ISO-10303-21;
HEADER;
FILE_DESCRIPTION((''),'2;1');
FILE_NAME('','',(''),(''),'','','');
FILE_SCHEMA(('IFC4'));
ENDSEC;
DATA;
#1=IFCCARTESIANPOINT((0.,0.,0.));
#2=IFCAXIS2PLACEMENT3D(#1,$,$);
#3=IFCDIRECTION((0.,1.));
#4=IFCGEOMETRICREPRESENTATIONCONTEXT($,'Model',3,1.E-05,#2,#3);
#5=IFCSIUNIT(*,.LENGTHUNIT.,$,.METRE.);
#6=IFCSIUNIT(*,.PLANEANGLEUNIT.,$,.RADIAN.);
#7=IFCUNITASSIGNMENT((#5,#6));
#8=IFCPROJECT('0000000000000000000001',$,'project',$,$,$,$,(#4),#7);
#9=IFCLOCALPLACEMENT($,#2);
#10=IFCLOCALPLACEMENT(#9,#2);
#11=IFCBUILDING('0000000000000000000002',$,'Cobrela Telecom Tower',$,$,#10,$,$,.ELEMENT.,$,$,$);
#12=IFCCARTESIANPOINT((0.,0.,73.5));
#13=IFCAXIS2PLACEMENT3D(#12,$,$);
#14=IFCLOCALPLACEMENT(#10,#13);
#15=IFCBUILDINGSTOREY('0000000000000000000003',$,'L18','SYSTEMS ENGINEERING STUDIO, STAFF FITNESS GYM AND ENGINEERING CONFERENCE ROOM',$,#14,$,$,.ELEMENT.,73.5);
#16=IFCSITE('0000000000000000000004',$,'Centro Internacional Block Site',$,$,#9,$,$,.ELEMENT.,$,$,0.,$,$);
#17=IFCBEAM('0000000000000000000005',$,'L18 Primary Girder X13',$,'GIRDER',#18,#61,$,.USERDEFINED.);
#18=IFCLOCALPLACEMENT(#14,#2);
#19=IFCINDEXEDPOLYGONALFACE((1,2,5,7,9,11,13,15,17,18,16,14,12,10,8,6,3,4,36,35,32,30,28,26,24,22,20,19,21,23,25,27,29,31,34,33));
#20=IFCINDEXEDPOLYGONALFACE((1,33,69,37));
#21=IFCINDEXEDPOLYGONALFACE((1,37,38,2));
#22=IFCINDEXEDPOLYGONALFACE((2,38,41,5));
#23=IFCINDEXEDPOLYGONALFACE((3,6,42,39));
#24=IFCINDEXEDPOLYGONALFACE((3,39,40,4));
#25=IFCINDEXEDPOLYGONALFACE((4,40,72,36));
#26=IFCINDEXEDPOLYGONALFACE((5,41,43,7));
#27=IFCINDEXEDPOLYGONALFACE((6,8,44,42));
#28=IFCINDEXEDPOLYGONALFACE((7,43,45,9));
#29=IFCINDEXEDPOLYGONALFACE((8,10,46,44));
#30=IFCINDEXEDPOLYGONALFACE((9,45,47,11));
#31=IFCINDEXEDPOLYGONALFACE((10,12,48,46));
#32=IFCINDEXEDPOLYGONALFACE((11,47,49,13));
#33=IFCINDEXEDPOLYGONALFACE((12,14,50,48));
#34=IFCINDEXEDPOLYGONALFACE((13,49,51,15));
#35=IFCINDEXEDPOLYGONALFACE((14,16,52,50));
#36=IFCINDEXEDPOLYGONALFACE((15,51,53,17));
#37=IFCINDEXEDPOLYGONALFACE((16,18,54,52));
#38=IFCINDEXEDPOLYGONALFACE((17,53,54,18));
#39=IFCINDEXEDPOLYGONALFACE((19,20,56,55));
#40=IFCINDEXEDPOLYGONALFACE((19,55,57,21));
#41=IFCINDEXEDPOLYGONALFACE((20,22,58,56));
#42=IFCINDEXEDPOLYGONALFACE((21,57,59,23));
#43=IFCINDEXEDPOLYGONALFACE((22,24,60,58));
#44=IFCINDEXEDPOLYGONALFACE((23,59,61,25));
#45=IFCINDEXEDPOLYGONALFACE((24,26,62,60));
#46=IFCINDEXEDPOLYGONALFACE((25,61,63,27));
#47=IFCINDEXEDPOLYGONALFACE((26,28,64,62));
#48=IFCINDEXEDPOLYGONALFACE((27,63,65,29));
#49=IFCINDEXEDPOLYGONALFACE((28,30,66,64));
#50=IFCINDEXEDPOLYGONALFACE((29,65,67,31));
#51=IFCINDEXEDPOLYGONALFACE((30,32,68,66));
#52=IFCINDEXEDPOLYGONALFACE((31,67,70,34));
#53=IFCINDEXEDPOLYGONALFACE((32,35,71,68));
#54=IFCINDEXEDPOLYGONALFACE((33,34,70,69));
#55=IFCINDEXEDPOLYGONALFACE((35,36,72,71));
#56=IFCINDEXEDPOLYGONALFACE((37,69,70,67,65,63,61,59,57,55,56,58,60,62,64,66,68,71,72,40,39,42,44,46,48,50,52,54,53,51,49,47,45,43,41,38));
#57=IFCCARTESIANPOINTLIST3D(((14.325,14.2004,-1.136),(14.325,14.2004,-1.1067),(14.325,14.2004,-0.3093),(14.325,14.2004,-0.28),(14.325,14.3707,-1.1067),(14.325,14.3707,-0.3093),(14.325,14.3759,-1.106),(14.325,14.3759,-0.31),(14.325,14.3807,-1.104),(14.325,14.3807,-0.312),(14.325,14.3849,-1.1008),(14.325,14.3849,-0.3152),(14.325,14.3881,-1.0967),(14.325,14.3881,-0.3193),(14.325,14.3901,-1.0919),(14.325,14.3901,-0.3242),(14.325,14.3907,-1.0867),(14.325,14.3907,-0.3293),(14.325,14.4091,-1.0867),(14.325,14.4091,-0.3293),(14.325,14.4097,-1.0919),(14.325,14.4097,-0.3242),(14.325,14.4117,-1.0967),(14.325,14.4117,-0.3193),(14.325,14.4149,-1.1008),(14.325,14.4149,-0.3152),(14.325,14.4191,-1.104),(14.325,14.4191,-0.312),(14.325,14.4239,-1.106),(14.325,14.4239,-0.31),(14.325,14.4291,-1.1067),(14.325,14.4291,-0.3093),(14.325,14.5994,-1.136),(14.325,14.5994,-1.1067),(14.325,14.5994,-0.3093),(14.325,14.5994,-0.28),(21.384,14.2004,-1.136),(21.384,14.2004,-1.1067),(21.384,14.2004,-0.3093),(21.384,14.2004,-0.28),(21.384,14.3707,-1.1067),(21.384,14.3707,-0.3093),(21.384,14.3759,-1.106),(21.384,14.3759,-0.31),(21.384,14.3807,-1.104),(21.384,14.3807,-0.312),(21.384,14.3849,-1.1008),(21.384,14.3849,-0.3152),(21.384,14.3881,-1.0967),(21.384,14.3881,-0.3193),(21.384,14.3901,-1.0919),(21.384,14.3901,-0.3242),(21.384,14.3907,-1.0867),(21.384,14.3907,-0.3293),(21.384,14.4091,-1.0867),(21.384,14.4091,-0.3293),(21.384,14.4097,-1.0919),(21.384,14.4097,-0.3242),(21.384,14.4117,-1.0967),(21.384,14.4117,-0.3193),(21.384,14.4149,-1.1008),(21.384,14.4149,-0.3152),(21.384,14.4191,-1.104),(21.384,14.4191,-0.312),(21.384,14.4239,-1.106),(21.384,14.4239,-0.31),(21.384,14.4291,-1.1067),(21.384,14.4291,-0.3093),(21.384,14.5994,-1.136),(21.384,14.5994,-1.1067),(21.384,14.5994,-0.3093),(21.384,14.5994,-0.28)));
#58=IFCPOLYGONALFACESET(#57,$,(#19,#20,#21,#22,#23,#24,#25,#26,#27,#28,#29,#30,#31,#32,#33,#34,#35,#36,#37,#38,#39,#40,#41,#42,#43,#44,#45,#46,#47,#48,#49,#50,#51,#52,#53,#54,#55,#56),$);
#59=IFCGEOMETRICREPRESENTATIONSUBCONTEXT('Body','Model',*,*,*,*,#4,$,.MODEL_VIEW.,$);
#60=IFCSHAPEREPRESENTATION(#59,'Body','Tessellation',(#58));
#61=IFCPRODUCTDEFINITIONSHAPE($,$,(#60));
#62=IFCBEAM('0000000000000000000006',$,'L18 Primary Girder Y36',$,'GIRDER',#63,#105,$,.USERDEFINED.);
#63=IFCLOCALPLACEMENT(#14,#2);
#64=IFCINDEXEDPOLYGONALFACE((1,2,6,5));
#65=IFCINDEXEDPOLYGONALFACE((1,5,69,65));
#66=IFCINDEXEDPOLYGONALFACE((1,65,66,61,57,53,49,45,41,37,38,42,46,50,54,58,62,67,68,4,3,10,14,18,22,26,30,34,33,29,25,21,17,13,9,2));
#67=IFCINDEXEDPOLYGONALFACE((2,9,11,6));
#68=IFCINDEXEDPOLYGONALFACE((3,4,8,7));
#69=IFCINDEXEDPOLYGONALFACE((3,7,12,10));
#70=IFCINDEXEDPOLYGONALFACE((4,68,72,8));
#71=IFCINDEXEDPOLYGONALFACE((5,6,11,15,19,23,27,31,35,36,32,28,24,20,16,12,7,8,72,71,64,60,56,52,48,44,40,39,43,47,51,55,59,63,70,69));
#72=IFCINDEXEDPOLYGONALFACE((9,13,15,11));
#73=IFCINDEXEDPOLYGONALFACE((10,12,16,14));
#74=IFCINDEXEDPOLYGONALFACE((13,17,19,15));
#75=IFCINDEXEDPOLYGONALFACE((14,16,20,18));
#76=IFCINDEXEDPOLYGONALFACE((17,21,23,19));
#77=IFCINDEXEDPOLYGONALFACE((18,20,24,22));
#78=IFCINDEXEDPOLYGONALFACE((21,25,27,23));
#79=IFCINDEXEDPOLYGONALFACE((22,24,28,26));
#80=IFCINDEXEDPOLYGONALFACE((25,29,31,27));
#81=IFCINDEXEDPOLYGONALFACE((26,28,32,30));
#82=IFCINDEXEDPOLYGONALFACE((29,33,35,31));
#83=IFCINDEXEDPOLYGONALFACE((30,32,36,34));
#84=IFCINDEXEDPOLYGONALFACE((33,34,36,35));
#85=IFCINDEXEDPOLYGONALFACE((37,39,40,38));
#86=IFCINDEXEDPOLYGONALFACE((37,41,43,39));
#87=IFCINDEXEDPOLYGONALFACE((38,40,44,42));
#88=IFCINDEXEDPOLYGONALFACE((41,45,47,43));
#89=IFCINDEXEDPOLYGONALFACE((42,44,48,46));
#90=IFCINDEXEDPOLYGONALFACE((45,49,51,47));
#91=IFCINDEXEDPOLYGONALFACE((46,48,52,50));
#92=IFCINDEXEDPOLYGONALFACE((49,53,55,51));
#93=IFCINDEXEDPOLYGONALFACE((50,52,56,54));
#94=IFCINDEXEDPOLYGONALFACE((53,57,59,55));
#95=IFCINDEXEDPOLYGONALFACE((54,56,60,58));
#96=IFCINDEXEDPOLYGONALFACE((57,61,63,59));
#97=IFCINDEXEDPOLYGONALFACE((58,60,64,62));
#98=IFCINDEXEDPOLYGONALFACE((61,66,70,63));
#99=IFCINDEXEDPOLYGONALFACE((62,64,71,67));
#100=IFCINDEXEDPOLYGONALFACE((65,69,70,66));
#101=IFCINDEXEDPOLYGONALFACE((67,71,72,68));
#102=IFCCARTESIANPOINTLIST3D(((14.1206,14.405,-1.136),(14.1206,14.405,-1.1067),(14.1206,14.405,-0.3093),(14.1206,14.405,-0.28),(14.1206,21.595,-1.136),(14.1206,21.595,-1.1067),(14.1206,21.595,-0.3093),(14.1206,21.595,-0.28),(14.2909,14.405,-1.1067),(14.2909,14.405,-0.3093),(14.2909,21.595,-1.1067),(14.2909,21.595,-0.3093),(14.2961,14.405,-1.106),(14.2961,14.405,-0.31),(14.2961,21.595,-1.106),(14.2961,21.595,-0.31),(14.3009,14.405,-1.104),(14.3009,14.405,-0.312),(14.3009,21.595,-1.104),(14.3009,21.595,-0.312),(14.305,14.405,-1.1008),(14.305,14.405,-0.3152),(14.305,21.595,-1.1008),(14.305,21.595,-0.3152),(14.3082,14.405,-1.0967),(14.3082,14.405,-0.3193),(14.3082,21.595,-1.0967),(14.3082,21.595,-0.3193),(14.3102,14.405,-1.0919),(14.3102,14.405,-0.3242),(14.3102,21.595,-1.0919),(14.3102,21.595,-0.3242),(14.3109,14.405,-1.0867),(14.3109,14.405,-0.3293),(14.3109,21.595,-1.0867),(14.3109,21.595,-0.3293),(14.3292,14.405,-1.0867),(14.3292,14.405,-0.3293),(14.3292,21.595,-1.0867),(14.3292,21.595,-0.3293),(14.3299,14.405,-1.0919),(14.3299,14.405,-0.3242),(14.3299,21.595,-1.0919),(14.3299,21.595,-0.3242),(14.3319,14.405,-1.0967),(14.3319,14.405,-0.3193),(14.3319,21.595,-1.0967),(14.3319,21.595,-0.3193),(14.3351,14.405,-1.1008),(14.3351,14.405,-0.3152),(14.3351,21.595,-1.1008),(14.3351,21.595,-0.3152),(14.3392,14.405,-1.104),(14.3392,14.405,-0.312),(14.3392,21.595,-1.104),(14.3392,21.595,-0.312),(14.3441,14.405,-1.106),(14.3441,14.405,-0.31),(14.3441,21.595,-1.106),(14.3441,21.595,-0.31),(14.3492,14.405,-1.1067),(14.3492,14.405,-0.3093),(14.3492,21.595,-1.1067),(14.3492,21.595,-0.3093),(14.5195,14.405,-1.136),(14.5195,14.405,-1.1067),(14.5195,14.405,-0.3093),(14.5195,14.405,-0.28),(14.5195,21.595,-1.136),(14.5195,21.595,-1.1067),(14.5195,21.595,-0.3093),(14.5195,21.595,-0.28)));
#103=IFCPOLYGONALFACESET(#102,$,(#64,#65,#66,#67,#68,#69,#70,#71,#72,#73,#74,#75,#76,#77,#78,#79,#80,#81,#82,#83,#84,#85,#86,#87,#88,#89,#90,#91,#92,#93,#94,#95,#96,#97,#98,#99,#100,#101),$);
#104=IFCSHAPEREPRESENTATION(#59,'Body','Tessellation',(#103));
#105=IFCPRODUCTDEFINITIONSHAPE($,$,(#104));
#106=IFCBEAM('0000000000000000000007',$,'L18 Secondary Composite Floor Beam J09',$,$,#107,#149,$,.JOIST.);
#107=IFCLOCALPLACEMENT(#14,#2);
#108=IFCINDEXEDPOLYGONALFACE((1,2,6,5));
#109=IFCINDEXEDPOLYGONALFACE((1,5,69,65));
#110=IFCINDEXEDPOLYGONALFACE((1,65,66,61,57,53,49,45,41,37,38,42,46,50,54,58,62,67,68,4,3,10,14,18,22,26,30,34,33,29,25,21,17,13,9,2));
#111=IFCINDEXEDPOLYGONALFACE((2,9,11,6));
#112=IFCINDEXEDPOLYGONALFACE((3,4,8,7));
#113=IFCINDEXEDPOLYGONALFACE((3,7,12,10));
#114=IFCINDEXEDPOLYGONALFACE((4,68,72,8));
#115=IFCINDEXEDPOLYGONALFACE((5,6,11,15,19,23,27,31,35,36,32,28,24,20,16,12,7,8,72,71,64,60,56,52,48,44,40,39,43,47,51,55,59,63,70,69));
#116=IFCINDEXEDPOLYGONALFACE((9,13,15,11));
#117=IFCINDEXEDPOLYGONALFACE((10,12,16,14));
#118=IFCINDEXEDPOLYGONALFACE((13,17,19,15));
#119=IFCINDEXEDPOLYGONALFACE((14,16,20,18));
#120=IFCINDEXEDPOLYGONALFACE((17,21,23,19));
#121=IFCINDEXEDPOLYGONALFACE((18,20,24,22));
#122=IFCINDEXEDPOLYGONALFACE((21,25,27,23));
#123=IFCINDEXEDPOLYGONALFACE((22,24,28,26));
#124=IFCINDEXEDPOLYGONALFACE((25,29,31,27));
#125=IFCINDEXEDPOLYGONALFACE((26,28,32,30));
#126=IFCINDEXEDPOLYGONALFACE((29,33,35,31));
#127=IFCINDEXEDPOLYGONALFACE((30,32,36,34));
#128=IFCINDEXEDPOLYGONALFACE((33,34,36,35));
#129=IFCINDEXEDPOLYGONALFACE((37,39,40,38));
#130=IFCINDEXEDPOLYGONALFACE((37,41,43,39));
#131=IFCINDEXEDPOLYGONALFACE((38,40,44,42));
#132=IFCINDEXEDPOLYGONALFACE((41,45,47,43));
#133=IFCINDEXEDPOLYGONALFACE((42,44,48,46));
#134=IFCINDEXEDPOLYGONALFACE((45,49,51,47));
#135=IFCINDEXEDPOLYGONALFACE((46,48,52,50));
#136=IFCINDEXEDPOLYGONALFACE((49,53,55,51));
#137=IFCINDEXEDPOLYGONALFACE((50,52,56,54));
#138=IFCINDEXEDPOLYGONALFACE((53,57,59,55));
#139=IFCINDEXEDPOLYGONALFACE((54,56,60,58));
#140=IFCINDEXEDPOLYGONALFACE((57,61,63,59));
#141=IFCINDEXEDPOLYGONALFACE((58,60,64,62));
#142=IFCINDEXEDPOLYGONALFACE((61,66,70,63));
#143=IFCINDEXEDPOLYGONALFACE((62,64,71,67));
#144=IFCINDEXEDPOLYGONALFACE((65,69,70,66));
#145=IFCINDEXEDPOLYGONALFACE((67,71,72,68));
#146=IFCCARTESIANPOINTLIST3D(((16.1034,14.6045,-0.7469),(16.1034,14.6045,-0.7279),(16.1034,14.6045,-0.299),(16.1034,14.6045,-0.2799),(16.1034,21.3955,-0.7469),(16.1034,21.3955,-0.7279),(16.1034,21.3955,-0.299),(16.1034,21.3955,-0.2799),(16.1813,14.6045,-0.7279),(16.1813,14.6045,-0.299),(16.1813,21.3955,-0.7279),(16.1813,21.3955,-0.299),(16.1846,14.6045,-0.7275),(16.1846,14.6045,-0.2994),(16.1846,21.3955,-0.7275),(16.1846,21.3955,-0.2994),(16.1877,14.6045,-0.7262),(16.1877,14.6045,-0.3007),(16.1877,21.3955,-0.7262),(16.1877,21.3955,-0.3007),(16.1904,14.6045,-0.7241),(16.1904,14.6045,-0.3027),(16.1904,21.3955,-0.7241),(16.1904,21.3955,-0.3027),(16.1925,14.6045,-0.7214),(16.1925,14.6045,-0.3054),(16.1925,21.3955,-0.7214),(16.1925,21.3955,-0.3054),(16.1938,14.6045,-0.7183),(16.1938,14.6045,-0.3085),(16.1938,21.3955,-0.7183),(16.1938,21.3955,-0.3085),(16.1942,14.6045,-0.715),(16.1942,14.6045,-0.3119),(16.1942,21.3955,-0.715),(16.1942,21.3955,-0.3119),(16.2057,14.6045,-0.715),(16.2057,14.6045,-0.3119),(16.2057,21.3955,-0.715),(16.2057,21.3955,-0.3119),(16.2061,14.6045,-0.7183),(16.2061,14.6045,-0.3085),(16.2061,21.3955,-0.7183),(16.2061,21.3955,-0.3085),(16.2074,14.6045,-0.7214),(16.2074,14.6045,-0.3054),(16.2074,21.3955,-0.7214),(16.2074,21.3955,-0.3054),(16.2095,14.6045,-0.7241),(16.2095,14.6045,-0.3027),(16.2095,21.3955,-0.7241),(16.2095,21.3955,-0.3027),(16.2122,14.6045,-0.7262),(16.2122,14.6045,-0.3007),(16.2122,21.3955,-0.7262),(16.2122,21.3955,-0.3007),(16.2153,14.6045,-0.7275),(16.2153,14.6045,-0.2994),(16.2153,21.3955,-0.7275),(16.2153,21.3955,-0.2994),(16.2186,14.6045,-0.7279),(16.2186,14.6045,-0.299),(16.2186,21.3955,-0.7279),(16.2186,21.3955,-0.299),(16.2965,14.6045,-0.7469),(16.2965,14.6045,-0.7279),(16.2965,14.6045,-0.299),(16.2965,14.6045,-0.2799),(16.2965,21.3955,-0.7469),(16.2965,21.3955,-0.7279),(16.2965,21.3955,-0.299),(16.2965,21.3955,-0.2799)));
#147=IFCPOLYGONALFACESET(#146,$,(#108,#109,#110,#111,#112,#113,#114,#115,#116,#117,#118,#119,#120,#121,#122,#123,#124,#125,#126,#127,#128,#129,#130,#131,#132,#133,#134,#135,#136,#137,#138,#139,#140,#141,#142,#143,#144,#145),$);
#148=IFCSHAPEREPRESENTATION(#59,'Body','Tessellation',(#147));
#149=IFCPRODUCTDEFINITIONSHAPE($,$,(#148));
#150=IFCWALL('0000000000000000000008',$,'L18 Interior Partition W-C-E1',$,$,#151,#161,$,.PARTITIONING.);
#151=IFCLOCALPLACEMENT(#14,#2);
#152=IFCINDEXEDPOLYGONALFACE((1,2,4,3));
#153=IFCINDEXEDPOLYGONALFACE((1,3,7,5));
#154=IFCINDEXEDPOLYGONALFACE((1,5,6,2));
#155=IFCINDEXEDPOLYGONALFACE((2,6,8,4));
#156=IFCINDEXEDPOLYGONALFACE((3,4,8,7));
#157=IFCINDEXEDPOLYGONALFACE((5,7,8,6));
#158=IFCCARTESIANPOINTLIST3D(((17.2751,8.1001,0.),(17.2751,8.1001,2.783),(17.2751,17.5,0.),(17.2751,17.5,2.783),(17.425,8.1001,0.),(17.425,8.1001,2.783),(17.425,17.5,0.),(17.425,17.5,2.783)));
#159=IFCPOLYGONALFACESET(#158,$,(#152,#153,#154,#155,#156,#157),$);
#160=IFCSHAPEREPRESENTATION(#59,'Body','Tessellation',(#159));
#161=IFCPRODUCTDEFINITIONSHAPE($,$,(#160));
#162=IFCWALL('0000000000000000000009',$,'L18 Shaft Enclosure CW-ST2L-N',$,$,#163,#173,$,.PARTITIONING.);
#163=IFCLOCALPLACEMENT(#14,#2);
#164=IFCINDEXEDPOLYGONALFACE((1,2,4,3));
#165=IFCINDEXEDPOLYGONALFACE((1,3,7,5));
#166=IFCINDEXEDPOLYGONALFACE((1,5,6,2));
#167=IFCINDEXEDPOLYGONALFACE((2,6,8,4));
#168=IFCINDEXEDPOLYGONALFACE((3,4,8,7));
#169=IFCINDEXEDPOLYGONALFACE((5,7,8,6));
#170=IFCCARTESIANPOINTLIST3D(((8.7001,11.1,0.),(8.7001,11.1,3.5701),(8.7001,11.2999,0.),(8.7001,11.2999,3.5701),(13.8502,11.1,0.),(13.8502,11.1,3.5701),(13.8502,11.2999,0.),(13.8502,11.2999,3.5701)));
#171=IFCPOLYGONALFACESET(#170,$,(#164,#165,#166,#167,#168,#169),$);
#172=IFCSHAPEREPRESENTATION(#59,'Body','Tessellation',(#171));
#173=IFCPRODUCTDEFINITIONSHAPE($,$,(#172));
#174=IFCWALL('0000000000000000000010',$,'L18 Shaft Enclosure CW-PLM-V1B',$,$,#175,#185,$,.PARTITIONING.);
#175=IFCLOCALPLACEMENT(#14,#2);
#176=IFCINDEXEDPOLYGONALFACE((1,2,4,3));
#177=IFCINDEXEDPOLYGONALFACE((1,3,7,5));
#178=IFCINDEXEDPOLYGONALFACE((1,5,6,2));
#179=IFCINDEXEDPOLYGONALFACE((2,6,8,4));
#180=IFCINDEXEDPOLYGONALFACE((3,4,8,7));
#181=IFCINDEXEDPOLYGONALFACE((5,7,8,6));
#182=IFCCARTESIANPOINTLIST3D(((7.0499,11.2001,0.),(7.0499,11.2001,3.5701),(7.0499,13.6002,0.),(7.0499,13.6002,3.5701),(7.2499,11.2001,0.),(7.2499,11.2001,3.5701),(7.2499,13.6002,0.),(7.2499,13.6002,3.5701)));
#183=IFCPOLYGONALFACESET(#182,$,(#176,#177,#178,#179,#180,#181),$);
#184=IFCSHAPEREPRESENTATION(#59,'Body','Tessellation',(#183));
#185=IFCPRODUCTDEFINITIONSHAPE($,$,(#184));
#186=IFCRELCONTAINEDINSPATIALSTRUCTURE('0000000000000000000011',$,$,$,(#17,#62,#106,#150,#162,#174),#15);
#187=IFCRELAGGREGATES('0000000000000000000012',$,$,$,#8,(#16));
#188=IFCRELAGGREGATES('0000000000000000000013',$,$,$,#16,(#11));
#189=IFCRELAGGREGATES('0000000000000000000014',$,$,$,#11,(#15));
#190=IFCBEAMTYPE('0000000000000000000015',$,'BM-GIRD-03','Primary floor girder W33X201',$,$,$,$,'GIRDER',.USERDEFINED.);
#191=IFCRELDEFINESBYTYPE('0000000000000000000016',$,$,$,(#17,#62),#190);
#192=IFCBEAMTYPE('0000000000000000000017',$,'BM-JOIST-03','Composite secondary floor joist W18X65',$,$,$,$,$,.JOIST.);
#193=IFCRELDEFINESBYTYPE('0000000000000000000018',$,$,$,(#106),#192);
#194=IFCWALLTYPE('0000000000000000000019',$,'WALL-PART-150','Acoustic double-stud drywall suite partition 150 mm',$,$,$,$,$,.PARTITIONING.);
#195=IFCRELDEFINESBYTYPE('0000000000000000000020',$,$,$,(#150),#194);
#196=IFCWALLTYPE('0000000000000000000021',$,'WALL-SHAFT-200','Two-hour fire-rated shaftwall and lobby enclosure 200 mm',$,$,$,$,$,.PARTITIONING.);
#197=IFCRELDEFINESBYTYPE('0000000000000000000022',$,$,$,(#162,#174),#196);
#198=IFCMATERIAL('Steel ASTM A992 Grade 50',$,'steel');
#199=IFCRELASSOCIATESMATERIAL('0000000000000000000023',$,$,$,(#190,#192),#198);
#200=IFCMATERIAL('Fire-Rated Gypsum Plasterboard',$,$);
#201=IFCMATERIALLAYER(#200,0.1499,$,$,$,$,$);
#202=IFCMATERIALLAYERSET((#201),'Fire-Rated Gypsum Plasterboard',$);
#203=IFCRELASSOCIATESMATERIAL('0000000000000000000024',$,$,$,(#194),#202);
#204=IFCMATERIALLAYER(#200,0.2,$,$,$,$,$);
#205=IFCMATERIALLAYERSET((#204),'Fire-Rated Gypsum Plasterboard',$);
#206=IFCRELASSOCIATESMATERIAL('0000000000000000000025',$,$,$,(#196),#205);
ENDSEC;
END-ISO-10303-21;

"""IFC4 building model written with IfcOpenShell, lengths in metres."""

from ifc_helpers import new_model, si_unit, direction, frame, frame_2d, origin, origin_2d, place, context, subcontext, project, spatial, rectangle, i_section, extrude, material, layer, layer_set, material_profile, profile_set, type_object, element, save


model = new_model("IFC4")

# Units and contexts
model_context = context("Model", 3, precision=1e-05, world=origin(), true_north=direction((0.0, 1.0)))
body_context = subcontext(model_context, "Body", "Model", "MODEL_VIEW")
ifc_project = project(units=[si_unit("LENGTHUNIT", "METRE"), si_unit("PLANEANGLEUNIT", "RADIAN")], contexts=[model_context])

# Site, building, storey
site_placement = place(None, origin())
site = spatial("IfcSite", under=ifc_project, at=site_placement, Name="Centro Internacional Block Site", CompositionType="ELEMENT", RefElevation=0.0)
building_placement = place(site_placement, origin())
building = spatial("IfcBuilding", under=site, at=building_placement, Name="Cobrela Telecom Tower", CompositionType="ELEMENT")
storey_placement = place(building_placement, frame((0.0, 0.0, 73.5)))
storey = spatial("IfcBuildingStorey", under=building, at=storey_placement, Name="L18", Description="SYSTEMS ENGINEERING STUDIO, STAFF FITNESS GYM AND ENGINEERING CONFERENCE ROOM", CompositionType="ELEMENT", Elevation=73.5)

# Beams
ifc_material_1 = material(Name="Steel ASTM A992 Grade 50", Category="steel")
ifc_material_profile_1 = material_profile(ifc_material_1, i_section(OverallWidth=0.3989, OverallDepth=0.856, WebThickness=0.0183, FlangeThickness=0.0293, FilletRadius=0.02, at=origin_2d()), Name="W33X201")
ifc_profile_set_1 = profile_set([ifc_material_profile_1], Name="Steel ASTM A992 Grade 50")
beam_type_1 = type_object("IfcBeamType", Name="BM-GIRD-03", Description="Primary floor girder W33X201", ElementType="GIRDER", PredefinedType="USERDEFINED", material=ifc_profile_set_1)
beam_1_placement = place(storey_placement, frame((14.325, 14.3999, -0.708), z_axis=(1.0, 0.0, 0.0), x_axis=(0.0, 1.0, 0.0)))
element("IfcBeam", 1, at=beam_1_placement, inside=storey, type_object=beam_type_1, Name="L18 Primary Girder X13", ObjectType="GIRDER", PredefinedType="USERDEFINED", context=body_context, shape_type="SweptSolid", body=[
    extrude(i_section(OverallWidth=0.3989, OverallDepth=0.856, WebThickness=0.0183, FlangeThickness=0.0293, FilletRadius=0.02, at=origin_2d()), origin(), (0.0, 0.0, 1.0), 7.0591),
])
beam_2_placement = place(storey_placement, frame((14.3201, 14.405, -0.708), z_axis=(0.0, 1.0, 0.0), x_axis=(-1.0, 0.0, 0.0)))
element("IfcBeam", 2, at=beam_2_placement, inside=storey, type_object=beam_type_1, Name="L18 Primary Girder Y36", ObjectType="GIRDER", PredefinedType="USERDEFINED", context=body_context, shape_type="SweptSolid", body=[
    extrude(i_section(OverallWidth=0.3989, OverallDepth=0.856, WebThickness=0.0183, FlangeThickness=0.0293, FilletRadius=0.02, at=origin_2d()), origin(), (0.0, 0.0, 1.0), 7.1899),
])
ifc_material_profile_2 = material_profile(ifc_material_1, i_section(OverallWidth=0.1931, OverallDepth=0.467, WebThickness=0.0115, FlangeThickness=0.019, FilletRadius=0.0129, at=origin_2d()), Name="W18X65")
ifc_profile_set_2 = profile_set([ifc_material_profile_2], Name="Steel ASTM A992 Grade 50")
beam_type_2 = type_object("IfcBeamType", Name="BM-JOIST-03", Description="Composite secondary floor joist W18X65", PredefinedType="JOIST", material=ifc_profile_set_2)
beam_3_placement = place(storey_placement, frame((16.2, 14.6045, -0.5134), z_axis=(0.0, 1.0, 0.0), x_axis=(-1.0, 0.0, 0.0)))
element("IfcBeam", 3, at=beam_3_placement, inside=storey, type_object=beam_type_2, Name="L18 Secondary Composite Floor Beam J09", PredefinedType="JOIST", context=body_context, shape_type="SweptSolid", body=[
    extrude(i_section(OverallWidth=0.1931, OverallDepth=0.467, WebThickness=0.0115, FlangeThickness=0.019, FilletRadius=0.0129, at=origin_2d()), origin(), (0.0, 0.0, 1.0), 6.791),
])

# Shared definitions
ifc_material_2 = material(Name="Fire-Rated Gypsum Plasterboard")
ifc_layer_1 = layer(ifc_material_2, 0.1499)
ifc_layer_set_1 = layer_set([ifc_layer_1], Name="Fire-Rated Gypsum Plasterboard")
wall_type_1 = type_object("IfcWallType", Name="WALL-PART-150", Description="Acoustic double-stud drywall suite partition 150 mm", PredefinedType="PARTITIONING", material=ifc_layer_set_1)

# Walls
wall_1_placement = place(storey_placement, frame((17.3501, 8.1001, 0.0), z_axis=(0.0, 0.0, 1.0), x_axis=(0.0, 1.0, 0.0)))
element("IfcWall", 4, at=wall_1_placement, inside=storey, type_object=wall_type_1, Name="L18 Interior Partition W-C-E1", PredefinedType="PARTITIONING", context=body_context, shape_type="SweptSolid", body=[
    extrude(rectangle(XDim=9.3999, YDim=0.1499, at=frame_2d((4.7, 0.0))), origin(), (0.0, 0.0, 1.0), 2.783),
])
ifc_layer_2 = layer(ifc_material_2, 0.2)
ifc_layer_set_2 = layer_set([ifc_layer_2], Name="Fire-Rated Gypsum Plasterboard")
wall_type_2 = type_object("IfcWallType", Name="WALL-SHAFT-200", Description="Two-hour fire-rated shaftwall and lobby enclosure 200 mm", PredefinedType="PARTITIONING", material=ifc_layer_set_2)
wall_2_placement = place(storey_placement, frame((8.7, 11.2, 0.0), z_axis=(0.0, 0.0, 1.0), x_axis=(1.0, 0.0, 0.0)))
element("IfcWall", 5, at=wall_2_placement, inside=storey, type_object=wall_type_2, Name="L18 Shaft Enclosure CW-ST2L-N", PredefinedType="PARTITIONING", context=body_context, shape_type="SweptSolid", body=[
    extrude(rectangle(XDim=5.1501, YDim=0.2, at=frame_2d((2.5752, 0.0))), origin(), (0.0, 0.0, 1.0), 3.5701),
])
for number, where, z_axis, x_axis, name in (
    (6, (7.1499, 11.2, 0.0), (0.0, 0.0, 1.0), (0.0, 1.0, 0.0), "L18 Shaft Enclosure CW-PLM-V1B"),
):
    element("IfcWall", number, at=place(storey_placement, frame(where, z_axis=z_axis, x_axis=x_axis)), inside=storey, type_object=wall_type_2, Name=name, PredefinedType="PARTITIONING", context=body_context, shape_type="SweptSolid", body=[
        extrude(rectangle(XDim=2.4001, YDim=0.2, at=frame_2d((1.2002, 0.0))), origin(), (0.0, 0.0, 1.0), 3.5701),
    ])

save(model, "model.ifc")
